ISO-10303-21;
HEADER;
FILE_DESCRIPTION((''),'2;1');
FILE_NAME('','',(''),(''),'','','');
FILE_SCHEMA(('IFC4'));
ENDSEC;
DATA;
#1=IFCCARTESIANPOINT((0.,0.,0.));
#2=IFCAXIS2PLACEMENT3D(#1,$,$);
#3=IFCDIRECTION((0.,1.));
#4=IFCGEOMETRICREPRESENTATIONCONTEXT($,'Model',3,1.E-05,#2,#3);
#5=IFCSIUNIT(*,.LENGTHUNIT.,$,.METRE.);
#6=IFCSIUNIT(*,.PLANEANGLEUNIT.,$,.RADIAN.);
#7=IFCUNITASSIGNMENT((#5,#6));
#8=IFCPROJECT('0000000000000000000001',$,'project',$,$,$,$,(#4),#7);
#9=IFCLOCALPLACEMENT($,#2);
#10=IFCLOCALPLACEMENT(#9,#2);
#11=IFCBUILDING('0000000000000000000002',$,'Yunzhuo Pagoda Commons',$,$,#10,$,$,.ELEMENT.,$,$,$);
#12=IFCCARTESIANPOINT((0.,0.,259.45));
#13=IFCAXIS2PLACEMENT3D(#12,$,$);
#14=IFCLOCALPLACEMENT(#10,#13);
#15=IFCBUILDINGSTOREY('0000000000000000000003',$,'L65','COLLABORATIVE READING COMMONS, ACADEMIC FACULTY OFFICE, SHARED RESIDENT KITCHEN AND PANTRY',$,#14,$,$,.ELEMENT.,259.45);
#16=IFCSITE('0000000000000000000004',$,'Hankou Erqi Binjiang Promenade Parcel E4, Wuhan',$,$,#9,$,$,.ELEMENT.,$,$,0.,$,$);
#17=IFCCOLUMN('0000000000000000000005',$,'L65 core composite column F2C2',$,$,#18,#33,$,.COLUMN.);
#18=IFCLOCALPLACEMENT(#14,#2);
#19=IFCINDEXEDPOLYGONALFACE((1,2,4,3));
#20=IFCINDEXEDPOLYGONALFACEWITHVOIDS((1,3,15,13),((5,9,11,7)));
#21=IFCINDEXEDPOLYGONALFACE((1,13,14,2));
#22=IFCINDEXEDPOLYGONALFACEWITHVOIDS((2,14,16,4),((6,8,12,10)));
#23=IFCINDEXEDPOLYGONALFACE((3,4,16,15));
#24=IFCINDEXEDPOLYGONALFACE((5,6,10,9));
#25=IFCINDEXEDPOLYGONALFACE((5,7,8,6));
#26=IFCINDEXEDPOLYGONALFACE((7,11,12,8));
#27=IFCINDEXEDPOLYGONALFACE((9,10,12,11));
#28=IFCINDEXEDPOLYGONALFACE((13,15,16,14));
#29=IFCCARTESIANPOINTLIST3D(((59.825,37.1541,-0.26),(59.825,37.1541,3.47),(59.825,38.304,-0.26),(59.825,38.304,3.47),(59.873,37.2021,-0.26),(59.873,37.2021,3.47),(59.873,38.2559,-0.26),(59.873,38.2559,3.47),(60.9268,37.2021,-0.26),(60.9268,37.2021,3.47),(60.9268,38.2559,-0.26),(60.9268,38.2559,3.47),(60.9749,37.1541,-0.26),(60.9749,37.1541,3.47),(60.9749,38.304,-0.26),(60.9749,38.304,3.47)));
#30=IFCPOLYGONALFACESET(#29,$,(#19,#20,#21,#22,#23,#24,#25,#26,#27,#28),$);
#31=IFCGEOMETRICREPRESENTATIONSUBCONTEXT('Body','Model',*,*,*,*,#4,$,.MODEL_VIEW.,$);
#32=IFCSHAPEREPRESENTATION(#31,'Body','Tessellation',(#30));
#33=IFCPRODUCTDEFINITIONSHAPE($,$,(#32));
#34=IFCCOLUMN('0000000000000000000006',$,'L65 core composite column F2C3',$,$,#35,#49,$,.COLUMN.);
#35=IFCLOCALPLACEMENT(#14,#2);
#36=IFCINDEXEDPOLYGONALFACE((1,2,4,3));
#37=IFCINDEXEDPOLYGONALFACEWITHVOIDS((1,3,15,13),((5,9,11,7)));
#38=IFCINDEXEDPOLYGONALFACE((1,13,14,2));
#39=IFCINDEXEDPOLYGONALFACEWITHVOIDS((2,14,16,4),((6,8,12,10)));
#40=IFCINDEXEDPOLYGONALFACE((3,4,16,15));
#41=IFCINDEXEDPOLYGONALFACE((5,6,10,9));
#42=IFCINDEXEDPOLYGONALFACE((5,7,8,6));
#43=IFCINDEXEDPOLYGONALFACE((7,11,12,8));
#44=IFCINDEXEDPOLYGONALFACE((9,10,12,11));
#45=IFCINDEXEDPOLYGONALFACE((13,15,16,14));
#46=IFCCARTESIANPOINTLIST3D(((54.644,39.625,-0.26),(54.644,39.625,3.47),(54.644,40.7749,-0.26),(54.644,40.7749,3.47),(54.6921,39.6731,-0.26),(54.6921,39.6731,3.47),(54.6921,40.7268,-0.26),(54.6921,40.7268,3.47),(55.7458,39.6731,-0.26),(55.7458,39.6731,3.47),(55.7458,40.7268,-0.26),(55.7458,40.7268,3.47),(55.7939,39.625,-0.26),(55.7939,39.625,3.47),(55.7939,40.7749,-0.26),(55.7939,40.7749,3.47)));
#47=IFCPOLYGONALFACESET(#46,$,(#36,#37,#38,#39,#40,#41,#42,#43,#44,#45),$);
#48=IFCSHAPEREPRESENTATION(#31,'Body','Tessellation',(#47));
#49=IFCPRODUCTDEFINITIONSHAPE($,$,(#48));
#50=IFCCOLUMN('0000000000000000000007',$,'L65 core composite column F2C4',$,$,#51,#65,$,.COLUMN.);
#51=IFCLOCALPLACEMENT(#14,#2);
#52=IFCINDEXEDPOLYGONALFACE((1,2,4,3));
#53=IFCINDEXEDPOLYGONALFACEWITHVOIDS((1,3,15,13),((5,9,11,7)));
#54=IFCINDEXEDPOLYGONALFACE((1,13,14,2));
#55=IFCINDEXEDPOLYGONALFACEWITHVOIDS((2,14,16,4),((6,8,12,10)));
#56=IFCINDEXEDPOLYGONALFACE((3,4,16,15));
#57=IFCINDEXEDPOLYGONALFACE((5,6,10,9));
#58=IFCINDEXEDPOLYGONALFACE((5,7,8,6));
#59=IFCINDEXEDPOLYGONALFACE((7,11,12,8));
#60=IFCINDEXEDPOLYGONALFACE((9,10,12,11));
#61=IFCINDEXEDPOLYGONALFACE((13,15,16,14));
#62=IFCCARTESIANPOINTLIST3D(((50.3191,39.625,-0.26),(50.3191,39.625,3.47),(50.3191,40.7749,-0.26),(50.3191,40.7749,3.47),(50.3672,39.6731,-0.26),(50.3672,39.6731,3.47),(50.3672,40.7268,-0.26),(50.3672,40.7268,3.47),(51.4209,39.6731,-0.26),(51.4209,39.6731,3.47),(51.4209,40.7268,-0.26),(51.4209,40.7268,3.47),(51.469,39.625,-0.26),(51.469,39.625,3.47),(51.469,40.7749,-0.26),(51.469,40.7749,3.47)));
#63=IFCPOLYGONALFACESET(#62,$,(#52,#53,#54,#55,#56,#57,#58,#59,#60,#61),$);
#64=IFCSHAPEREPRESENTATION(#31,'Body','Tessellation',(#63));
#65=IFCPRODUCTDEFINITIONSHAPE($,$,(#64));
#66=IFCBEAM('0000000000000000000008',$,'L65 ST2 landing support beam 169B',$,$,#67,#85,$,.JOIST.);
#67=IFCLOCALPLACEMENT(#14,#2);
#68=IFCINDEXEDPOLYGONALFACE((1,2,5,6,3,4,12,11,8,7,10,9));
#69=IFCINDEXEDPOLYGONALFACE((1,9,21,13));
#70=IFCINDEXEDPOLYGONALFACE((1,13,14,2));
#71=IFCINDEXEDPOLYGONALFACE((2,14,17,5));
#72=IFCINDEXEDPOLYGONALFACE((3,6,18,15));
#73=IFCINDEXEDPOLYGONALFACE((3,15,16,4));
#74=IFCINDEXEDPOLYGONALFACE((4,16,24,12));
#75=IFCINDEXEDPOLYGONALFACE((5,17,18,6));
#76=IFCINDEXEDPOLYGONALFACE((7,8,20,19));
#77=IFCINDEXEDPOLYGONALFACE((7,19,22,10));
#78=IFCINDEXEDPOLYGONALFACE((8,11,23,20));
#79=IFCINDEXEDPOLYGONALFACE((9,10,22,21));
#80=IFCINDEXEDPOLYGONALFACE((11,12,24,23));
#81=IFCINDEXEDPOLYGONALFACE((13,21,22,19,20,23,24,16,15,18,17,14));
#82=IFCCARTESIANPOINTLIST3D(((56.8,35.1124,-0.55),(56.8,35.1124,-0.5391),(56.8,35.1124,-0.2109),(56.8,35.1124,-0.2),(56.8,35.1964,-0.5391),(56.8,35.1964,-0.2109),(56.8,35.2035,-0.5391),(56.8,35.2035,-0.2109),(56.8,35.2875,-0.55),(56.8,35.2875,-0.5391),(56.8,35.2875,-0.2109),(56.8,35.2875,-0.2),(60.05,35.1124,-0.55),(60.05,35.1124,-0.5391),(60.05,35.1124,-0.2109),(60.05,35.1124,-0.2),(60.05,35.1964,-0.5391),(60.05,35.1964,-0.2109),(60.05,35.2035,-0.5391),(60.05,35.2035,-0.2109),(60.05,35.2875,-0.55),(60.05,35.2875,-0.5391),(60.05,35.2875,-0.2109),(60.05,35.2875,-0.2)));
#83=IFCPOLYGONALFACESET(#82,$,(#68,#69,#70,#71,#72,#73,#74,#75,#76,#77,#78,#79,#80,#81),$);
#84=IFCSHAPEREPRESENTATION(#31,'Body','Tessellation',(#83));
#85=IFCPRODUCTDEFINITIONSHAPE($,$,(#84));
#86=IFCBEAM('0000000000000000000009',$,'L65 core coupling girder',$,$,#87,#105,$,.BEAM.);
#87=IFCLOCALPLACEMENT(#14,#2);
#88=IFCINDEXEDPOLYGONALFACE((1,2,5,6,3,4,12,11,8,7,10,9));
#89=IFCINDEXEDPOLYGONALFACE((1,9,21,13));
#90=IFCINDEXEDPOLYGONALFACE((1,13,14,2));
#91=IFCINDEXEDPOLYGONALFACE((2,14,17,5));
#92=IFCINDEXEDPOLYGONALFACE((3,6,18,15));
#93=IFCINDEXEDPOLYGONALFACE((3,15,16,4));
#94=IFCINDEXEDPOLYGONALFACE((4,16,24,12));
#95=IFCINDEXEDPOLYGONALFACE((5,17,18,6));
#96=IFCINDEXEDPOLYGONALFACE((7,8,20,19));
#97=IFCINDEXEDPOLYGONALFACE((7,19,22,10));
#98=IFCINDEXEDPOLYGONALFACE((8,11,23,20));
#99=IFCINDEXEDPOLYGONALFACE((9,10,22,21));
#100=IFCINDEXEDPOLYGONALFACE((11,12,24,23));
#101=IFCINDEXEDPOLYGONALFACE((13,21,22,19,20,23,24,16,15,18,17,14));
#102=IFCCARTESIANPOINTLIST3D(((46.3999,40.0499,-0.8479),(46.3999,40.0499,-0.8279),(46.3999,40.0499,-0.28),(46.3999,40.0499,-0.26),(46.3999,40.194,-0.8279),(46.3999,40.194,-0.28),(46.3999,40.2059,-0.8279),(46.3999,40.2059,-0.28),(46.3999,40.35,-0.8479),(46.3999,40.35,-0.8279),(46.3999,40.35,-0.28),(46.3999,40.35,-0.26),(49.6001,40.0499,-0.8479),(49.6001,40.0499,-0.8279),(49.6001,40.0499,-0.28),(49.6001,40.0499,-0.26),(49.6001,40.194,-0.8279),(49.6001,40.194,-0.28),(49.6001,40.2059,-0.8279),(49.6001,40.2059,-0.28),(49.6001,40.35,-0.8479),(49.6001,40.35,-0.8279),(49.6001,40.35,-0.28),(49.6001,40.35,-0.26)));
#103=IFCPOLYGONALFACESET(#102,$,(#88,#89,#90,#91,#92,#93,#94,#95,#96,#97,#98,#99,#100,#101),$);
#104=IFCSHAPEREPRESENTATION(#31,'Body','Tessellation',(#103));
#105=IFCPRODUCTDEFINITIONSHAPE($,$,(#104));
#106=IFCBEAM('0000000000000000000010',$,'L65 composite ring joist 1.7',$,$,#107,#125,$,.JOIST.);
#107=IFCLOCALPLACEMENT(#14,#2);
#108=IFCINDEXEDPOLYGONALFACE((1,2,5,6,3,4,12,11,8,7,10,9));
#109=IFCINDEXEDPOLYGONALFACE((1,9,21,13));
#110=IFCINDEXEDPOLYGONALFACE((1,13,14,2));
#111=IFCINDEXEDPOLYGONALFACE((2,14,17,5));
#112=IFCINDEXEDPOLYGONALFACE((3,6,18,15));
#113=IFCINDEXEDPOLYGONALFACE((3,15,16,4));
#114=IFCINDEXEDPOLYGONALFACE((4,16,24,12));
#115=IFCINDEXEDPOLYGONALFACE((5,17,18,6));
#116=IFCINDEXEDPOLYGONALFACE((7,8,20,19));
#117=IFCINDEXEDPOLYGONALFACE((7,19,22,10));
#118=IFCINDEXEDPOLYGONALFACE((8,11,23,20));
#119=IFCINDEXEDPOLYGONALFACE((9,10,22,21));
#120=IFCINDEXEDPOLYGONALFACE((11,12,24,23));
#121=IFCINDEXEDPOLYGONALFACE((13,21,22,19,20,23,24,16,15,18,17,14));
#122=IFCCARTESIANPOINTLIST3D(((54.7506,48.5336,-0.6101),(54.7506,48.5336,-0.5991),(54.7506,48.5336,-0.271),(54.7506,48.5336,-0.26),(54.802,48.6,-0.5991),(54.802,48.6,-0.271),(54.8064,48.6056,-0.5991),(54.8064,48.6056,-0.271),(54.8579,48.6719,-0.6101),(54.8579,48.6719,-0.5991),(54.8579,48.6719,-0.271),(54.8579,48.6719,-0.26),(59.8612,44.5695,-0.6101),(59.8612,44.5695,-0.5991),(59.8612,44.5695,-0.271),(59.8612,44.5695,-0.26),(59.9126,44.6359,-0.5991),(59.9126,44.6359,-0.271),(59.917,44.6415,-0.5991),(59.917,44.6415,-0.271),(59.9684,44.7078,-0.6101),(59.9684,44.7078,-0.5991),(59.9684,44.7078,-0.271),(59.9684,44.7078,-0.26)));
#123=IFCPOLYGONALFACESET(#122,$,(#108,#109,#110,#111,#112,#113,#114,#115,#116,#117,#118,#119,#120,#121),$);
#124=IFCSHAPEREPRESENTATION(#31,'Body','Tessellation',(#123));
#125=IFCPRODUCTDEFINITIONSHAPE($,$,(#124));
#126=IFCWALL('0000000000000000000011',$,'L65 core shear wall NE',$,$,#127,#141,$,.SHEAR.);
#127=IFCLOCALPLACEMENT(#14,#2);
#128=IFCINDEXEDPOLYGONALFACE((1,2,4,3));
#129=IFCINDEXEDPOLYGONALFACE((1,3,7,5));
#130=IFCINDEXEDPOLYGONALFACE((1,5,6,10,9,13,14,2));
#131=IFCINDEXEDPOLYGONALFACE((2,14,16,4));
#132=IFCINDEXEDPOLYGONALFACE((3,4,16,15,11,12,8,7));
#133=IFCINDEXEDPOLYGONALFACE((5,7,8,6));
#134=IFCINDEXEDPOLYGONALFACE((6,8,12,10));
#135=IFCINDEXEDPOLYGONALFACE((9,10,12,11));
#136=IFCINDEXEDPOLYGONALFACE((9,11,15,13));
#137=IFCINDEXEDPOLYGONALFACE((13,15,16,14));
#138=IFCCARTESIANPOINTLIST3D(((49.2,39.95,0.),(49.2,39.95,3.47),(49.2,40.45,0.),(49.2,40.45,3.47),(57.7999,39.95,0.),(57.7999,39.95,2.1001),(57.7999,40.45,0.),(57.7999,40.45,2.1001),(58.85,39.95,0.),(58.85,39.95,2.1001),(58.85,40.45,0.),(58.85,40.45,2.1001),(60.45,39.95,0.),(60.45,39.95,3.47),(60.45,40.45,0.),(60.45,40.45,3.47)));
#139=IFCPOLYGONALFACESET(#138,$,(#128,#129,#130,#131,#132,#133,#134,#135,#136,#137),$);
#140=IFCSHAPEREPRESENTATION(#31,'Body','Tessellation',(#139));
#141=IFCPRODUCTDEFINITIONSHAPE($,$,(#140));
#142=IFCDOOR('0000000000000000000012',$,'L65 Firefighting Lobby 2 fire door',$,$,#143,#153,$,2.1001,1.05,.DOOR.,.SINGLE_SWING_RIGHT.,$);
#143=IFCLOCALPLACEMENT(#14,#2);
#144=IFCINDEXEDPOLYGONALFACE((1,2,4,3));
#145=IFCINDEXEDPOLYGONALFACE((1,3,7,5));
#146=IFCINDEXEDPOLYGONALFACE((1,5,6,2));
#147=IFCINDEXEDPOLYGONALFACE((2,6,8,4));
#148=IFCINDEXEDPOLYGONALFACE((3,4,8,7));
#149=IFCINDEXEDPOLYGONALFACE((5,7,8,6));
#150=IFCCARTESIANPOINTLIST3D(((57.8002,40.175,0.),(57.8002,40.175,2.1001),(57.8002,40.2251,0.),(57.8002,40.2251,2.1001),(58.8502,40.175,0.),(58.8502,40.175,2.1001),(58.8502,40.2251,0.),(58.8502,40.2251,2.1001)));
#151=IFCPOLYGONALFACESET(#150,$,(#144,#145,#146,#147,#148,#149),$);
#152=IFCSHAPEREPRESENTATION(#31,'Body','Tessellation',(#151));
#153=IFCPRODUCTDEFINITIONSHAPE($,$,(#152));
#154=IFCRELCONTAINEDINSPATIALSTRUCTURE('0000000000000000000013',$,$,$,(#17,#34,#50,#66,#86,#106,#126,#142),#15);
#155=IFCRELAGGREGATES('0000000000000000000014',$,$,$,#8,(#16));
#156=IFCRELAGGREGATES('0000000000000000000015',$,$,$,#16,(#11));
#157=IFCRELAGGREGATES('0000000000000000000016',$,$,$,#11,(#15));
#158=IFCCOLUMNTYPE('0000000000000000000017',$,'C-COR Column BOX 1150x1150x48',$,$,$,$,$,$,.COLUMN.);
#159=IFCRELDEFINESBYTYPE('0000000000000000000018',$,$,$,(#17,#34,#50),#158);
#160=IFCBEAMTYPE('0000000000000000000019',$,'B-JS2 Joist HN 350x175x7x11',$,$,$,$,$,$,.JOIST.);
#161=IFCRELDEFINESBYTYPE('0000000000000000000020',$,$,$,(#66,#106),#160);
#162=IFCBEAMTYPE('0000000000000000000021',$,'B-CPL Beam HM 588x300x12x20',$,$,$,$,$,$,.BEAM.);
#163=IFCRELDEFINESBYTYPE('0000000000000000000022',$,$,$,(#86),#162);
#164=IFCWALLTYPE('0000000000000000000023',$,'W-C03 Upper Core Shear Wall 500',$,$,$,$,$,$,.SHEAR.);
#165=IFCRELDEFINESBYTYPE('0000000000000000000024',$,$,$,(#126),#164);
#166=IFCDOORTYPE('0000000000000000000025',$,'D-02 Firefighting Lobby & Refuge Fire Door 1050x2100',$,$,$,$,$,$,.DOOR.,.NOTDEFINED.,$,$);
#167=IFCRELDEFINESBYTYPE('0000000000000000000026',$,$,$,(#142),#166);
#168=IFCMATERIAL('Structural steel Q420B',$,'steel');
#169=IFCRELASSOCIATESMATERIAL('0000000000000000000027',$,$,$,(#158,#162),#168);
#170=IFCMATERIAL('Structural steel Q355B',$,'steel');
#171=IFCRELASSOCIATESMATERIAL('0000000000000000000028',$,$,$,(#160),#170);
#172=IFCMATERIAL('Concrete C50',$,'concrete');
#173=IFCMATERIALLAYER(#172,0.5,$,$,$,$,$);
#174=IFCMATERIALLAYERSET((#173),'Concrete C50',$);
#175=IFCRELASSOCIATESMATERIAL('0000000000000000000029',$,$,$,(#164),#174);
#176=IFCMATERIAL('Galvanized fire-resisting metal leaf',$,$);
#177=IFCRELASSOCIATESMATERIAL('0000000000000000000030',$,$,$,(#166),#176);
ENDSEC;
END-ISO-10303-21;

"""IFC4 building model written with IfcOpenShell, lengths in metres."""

from ifc_helpers import new_model, si_unit, direction, frame, frame_2d, origin, origin_2d, place, context, subcontext, project, spatial, rectangle, hollow_rectangle, i_section, extrude, source, transform, mapped, material, layer, layer_set, material_profile, profile_set, type_object, element, fill, save


model = new_model("IFC4")

# Units and contexts
model_context = context("Model", 3, precision=1e-05, world=origin(), true_north=direction((0.0, 1.0)))
body_context = subcontext(model_context, "Body", "Model", "MODEL_VIEW")
ifc_project = project(units=[si_unit("LENGTHUNIT", "METRE"), si_unit("PLANEANGLEUNIT", "RADIAN")], contexts=[model_context])

# Site, building, storey
site_placement = place(None, origin())
site = spatial("IfcSite", under=ifc_project, at=site_placement, Name="Hankou Erqi Binjiang Promenade Parcel E4, Wuhan", CompositionType="ELEMENT", RefElevation=0.0)
building_placement = place(site_placement, origin())
building = spatial("IfcBuilding", under=site, at=building_placement, Name="Yunzhuo Pagoda Commons", CompositionType="ELEMENT")
storey_placement = place(building_placement, frame((0.0, 0.0, 259.45)))
storey = spatial("IfcBuildingStorey", under=building, at=storey_placement, Name="L65", Description="COLLABORATIVE READING COMMONS, ACADEMIC FACULTY OFFICE, SHARED RESIDENT KITCHEN AND PANTRY", CompositionType="ELEMENT", Elevation=259.45)

# Columns
ifc_material_1 = material(Name="Structural steel Q420B", Category="steel")
ifc_material_profile_1 = material_profile(ifc_material_1, hollow_rectangle(XDim=1.1499, YDim=1.1499, WallThickness=0.0481, at=origin_2d()), Name="Structural steel Q420B")
ifc_profile_set_1 = profile_set([ifc_material_profile_1], Name="Structural steel Q420B")
column_type = type_object("IfcColumnType", Name="C-COR Column BOX 1150x1150x48", PredefinedType="COLUMN", material=ifc_profile_set_1)
shared_shape_1 = source(origin(), body_context, "Body", "SweptSolid", [
    extrude(hollow_rectangle(XDim=1.1499, YDim=1.1499, WallThickness=0.0481, at=origin_2d()), origin(), (0.0, 0.0, 1.0), 3.73),
])
for number, where, z_axis, x_axis, name in (
    (1, (60.3999, 37.729, -0.26), (0.0, 0.0, 1.0), (1.0, 0.0, 0.0), "L65 core composite column F2C2"),
    (2, (55.219, 40.2, -0.26), (0.0, 0.0, 1.0), (1.0, 0.0, 0.0), "L65 core composite column F2C3"),
    (3, (50.894, 40.2, -0.26), (0.0, 0.0, 1.0), (1.0, 0.0, 0.0), "L65 core composite column F2C4"),
):
    element("IfcColumn", number, at=place(storey_placement, frame(where, z_axis=z_axis, x_axis=x_axis)), inside=storey, type_object=column_type, Name=name, PredefinedType="COLUMN", context=body_context, shape_type="MappedRepresentation", body=[
        mapped(shared_shape_1, transform((0.0, 0.0, 0.0), scale=1.0)),
    ])

# Beams
ifc_material_2 = material(Name="Structural steel Q355B", Category="steel")
ifc_material_profile_2 = material_profile(ifc_material_2, i_section(OverallWidth=0.175, OverallDepth=0.3501, WebThickness=0.0071, FlangeThickness=0.011, at=origin_2d()), Name="Structural steel Q355B")
ifc_profile_set_2 = profile_set([ifc_material_profile_2], Name="Structural steel Q355B")
beam_type_1 = type_object("IfcBeamType", Name="B-JS2 Joist HN 350x175x7x11", PredefinedType="JOIST", material=ifc_profile_set_2)
shared_shape_2 = source(origin(), body_context, "Body", "SweptSolid", [
    extrude(i_section(OverallWidth=0.175, OverallDepth=0.3501, WebThickness=0.0071, FlangeThickness=0.011, at=origin_2d()), origin(), (0.0, 0.0, 1.0), 3.25),
])
beam_1_placement = place(storey_placement, frame((56.8, 35.2, -0.375), z_axis=(1.0, 0.0, 0.0), x_axis=(0.0, 1.0, 0.0)))
element("IfcBeam", 4, at=beam_1_placement, inside=storey, type_object=beam_type_1, Name="L65 ST2 landing support beam 169B", PredefinedType="JOIST", context=body_context, shape_type="MappedRepresentation", body=[
    mapped(shared_shape_2, transform((0.0, 0.0, 0.0), scale=1.0)),
])
ifc_material_profile_3 = material_profile(ifc_material_1, i_section(OverallWidth=0.3, OverallDepth=0.5879, WebThickness=0.012, FlangeThickness=0.02, at=origin_2d()), Name="Structural steel Q420B")
ifc_profile_set_3 = profile_set([ifc_material_profile_3], Name="Structural steel Q420B")
beam_type_2 = type_object("IfcBeamType", Name="B-CPL Beam HM 588x300x12x20", PredefinedType="BEAM", material=ifc_profile_set_3)
shared_shape_3 = source(origin(), body_context, "Body", "SweptSolid", [
    extrude(i_section(OverallWidth=0.3, OverallDepth=0.5879, WebThickness=0.012, FlangeThickness=0.02, at=origin_2d()), origin(), (0.0, 0.0, 1.0), 3.2002),
])
beam_2_placement = place(storey_placement, frame((46.3999, 40.2, -0.554), z_axis=(1.0, 0.0, 0.0), x_axis=(0.0, 1.0, 0.0)))
element("IfcBeam", 5, at=beam_2_placement, inside=storey, type_object=beam_type_2, Name="L65 core coupling girder", PredefinedType="BEAM", context=body_context, shape_type="MappedRepresentation", body=[
    mapped(shared_shape_3, transform((0.0, 0.0, 0.0), scale=1.0)),
])
shared_shape_4 = source(origin(), body_context, "Body", "SweptSolid", [
    extrude(i_section(OverallWidth=0.175, OverallDepth=0.3501, WebThickness=0.0071, FlangeThickness=0.011, at=origin_2d()), origin(), (0.0, 0.0, 1.0), 6.4678),
])
beam_3_placement = place(storey_placement, frame((59.9148, 44.6387, -0.4351), z_axis=(-0.79016, 0.6129, 0.0), x_axis=(-0.6129, -0.79016, 0.0)))
element("IfcBeam", 6, at=beam_3_placement, inside=storey, type_object=beam_type_1, Name="L65 composite ring joist 1.7", PredefinedType="JOIST", context=body_context, shape_type="MappedRepresentation", body=[
    mapped(shared_shape_4, transform((0.0, 0.0, 0.0), scale=1.0)),
])

# Wall, opening, door
ifc_material_3 = material(Name="Concrete C50", Category="concrete")
ifc_layer_1 = layer(ifc_material_3, 0.5)
ifc_layer_set_1 = layer_set([ifc_layer_1], Name="Concrete C50")
wall_type_1 = type_object("IfcWallType", Name="W-C03 Upper Core Shear Wall 500", PredefinedType="SHEAR", material=ifc_layer_set_1)
wall_1_placement = place(storey_placement, frame((49.2, 40.2, 0.0), z_axis=(0.0, 0.0, 1.0), x_axis=(1.0, 0.0, 0.0)))
wall_1 = element("IfcWall", 7, at=wall_1_placement, inside=storey, type_object=wall_type_1, Name="L65 core shear wall NE", PredefinedType="SHEAR", context=body_context, shape_type="SweptSolid", body=[
    extrude(rectangle(XDim=11.25, YDim=0.5, at=frame_2d((5.625, 0.0))), origin(), (0.0, 0.0, 1.0), 3.47),
])
opening_1_placement = place(wall_1_placement, frame((8.6001, 0.0, 0.0)))
opening_1 = element("IfcOpeningElement", 8, at=opening_1_placement, cuts=wall_1, PredefinedType="OPENING", context=body_context, shape_type="SweptSolid", body=[
    extrude(rectangle(XDim=1.05, YDim=2.1001, at=frame_2d((0.5249, 1.05))), frame((0.0, 0.26, 0.0), z_axis=(0.0, -1.0, 0.0), x_axis=(1.0, 0.0, 0.0)), (0.0, 0.0, 1.0), 0.52),
])
ifc_material_4 = material(Name="Galvanized fire-resisting metal leaf")
door_type_1 = type_object("IfcDoorType", Name="D-02 Firefighting Lobby & Refuge Fire Door 1050x2100", OperationType="NOTDEFINED", PredefinedType="DOOR", material=ifc_material_4)
shared_shape_5 = source(origin(), body_context, "Body", "SweptSolid", [
    extrude(rectangle(XDim=1.05, YDim=2.1001, at=frame_2d((0.5249, 1.05))), frame((0.0, 0.0249, 0.0), z_axis=(0.0, -1.0, 0.0), x_axis=(1.0, 0.0, 0.0)), (0.0, 0.0, 1.0), 0.05),
])
door_1_placement = place(opening_1_placement, frame((1.05, 0.0, 0.0), z_axis=(0.0, 0.0, 1.0), x_axis=(-1.0, 0.0, 0.0)))
door_1 = element("IfcDoor", 9, at=door_1_placement, inside=storey, type_object=door_type_1, Name="L65 Firefighting Lobby 2 fire door", OperationType="SINGLE_SWING_RIGHT", OverallHeight=2.1001, OverallWidth=1.05, PredefinedType="DOOR", context=body_context, shape_type="MappedRepresentation", body=[
    mapped(shared_shape_5, transform((0.0, 0.0, 0.0), scale=1.0)),
])
fill(opening_1, door_1)

save(model, "model.ifc")
